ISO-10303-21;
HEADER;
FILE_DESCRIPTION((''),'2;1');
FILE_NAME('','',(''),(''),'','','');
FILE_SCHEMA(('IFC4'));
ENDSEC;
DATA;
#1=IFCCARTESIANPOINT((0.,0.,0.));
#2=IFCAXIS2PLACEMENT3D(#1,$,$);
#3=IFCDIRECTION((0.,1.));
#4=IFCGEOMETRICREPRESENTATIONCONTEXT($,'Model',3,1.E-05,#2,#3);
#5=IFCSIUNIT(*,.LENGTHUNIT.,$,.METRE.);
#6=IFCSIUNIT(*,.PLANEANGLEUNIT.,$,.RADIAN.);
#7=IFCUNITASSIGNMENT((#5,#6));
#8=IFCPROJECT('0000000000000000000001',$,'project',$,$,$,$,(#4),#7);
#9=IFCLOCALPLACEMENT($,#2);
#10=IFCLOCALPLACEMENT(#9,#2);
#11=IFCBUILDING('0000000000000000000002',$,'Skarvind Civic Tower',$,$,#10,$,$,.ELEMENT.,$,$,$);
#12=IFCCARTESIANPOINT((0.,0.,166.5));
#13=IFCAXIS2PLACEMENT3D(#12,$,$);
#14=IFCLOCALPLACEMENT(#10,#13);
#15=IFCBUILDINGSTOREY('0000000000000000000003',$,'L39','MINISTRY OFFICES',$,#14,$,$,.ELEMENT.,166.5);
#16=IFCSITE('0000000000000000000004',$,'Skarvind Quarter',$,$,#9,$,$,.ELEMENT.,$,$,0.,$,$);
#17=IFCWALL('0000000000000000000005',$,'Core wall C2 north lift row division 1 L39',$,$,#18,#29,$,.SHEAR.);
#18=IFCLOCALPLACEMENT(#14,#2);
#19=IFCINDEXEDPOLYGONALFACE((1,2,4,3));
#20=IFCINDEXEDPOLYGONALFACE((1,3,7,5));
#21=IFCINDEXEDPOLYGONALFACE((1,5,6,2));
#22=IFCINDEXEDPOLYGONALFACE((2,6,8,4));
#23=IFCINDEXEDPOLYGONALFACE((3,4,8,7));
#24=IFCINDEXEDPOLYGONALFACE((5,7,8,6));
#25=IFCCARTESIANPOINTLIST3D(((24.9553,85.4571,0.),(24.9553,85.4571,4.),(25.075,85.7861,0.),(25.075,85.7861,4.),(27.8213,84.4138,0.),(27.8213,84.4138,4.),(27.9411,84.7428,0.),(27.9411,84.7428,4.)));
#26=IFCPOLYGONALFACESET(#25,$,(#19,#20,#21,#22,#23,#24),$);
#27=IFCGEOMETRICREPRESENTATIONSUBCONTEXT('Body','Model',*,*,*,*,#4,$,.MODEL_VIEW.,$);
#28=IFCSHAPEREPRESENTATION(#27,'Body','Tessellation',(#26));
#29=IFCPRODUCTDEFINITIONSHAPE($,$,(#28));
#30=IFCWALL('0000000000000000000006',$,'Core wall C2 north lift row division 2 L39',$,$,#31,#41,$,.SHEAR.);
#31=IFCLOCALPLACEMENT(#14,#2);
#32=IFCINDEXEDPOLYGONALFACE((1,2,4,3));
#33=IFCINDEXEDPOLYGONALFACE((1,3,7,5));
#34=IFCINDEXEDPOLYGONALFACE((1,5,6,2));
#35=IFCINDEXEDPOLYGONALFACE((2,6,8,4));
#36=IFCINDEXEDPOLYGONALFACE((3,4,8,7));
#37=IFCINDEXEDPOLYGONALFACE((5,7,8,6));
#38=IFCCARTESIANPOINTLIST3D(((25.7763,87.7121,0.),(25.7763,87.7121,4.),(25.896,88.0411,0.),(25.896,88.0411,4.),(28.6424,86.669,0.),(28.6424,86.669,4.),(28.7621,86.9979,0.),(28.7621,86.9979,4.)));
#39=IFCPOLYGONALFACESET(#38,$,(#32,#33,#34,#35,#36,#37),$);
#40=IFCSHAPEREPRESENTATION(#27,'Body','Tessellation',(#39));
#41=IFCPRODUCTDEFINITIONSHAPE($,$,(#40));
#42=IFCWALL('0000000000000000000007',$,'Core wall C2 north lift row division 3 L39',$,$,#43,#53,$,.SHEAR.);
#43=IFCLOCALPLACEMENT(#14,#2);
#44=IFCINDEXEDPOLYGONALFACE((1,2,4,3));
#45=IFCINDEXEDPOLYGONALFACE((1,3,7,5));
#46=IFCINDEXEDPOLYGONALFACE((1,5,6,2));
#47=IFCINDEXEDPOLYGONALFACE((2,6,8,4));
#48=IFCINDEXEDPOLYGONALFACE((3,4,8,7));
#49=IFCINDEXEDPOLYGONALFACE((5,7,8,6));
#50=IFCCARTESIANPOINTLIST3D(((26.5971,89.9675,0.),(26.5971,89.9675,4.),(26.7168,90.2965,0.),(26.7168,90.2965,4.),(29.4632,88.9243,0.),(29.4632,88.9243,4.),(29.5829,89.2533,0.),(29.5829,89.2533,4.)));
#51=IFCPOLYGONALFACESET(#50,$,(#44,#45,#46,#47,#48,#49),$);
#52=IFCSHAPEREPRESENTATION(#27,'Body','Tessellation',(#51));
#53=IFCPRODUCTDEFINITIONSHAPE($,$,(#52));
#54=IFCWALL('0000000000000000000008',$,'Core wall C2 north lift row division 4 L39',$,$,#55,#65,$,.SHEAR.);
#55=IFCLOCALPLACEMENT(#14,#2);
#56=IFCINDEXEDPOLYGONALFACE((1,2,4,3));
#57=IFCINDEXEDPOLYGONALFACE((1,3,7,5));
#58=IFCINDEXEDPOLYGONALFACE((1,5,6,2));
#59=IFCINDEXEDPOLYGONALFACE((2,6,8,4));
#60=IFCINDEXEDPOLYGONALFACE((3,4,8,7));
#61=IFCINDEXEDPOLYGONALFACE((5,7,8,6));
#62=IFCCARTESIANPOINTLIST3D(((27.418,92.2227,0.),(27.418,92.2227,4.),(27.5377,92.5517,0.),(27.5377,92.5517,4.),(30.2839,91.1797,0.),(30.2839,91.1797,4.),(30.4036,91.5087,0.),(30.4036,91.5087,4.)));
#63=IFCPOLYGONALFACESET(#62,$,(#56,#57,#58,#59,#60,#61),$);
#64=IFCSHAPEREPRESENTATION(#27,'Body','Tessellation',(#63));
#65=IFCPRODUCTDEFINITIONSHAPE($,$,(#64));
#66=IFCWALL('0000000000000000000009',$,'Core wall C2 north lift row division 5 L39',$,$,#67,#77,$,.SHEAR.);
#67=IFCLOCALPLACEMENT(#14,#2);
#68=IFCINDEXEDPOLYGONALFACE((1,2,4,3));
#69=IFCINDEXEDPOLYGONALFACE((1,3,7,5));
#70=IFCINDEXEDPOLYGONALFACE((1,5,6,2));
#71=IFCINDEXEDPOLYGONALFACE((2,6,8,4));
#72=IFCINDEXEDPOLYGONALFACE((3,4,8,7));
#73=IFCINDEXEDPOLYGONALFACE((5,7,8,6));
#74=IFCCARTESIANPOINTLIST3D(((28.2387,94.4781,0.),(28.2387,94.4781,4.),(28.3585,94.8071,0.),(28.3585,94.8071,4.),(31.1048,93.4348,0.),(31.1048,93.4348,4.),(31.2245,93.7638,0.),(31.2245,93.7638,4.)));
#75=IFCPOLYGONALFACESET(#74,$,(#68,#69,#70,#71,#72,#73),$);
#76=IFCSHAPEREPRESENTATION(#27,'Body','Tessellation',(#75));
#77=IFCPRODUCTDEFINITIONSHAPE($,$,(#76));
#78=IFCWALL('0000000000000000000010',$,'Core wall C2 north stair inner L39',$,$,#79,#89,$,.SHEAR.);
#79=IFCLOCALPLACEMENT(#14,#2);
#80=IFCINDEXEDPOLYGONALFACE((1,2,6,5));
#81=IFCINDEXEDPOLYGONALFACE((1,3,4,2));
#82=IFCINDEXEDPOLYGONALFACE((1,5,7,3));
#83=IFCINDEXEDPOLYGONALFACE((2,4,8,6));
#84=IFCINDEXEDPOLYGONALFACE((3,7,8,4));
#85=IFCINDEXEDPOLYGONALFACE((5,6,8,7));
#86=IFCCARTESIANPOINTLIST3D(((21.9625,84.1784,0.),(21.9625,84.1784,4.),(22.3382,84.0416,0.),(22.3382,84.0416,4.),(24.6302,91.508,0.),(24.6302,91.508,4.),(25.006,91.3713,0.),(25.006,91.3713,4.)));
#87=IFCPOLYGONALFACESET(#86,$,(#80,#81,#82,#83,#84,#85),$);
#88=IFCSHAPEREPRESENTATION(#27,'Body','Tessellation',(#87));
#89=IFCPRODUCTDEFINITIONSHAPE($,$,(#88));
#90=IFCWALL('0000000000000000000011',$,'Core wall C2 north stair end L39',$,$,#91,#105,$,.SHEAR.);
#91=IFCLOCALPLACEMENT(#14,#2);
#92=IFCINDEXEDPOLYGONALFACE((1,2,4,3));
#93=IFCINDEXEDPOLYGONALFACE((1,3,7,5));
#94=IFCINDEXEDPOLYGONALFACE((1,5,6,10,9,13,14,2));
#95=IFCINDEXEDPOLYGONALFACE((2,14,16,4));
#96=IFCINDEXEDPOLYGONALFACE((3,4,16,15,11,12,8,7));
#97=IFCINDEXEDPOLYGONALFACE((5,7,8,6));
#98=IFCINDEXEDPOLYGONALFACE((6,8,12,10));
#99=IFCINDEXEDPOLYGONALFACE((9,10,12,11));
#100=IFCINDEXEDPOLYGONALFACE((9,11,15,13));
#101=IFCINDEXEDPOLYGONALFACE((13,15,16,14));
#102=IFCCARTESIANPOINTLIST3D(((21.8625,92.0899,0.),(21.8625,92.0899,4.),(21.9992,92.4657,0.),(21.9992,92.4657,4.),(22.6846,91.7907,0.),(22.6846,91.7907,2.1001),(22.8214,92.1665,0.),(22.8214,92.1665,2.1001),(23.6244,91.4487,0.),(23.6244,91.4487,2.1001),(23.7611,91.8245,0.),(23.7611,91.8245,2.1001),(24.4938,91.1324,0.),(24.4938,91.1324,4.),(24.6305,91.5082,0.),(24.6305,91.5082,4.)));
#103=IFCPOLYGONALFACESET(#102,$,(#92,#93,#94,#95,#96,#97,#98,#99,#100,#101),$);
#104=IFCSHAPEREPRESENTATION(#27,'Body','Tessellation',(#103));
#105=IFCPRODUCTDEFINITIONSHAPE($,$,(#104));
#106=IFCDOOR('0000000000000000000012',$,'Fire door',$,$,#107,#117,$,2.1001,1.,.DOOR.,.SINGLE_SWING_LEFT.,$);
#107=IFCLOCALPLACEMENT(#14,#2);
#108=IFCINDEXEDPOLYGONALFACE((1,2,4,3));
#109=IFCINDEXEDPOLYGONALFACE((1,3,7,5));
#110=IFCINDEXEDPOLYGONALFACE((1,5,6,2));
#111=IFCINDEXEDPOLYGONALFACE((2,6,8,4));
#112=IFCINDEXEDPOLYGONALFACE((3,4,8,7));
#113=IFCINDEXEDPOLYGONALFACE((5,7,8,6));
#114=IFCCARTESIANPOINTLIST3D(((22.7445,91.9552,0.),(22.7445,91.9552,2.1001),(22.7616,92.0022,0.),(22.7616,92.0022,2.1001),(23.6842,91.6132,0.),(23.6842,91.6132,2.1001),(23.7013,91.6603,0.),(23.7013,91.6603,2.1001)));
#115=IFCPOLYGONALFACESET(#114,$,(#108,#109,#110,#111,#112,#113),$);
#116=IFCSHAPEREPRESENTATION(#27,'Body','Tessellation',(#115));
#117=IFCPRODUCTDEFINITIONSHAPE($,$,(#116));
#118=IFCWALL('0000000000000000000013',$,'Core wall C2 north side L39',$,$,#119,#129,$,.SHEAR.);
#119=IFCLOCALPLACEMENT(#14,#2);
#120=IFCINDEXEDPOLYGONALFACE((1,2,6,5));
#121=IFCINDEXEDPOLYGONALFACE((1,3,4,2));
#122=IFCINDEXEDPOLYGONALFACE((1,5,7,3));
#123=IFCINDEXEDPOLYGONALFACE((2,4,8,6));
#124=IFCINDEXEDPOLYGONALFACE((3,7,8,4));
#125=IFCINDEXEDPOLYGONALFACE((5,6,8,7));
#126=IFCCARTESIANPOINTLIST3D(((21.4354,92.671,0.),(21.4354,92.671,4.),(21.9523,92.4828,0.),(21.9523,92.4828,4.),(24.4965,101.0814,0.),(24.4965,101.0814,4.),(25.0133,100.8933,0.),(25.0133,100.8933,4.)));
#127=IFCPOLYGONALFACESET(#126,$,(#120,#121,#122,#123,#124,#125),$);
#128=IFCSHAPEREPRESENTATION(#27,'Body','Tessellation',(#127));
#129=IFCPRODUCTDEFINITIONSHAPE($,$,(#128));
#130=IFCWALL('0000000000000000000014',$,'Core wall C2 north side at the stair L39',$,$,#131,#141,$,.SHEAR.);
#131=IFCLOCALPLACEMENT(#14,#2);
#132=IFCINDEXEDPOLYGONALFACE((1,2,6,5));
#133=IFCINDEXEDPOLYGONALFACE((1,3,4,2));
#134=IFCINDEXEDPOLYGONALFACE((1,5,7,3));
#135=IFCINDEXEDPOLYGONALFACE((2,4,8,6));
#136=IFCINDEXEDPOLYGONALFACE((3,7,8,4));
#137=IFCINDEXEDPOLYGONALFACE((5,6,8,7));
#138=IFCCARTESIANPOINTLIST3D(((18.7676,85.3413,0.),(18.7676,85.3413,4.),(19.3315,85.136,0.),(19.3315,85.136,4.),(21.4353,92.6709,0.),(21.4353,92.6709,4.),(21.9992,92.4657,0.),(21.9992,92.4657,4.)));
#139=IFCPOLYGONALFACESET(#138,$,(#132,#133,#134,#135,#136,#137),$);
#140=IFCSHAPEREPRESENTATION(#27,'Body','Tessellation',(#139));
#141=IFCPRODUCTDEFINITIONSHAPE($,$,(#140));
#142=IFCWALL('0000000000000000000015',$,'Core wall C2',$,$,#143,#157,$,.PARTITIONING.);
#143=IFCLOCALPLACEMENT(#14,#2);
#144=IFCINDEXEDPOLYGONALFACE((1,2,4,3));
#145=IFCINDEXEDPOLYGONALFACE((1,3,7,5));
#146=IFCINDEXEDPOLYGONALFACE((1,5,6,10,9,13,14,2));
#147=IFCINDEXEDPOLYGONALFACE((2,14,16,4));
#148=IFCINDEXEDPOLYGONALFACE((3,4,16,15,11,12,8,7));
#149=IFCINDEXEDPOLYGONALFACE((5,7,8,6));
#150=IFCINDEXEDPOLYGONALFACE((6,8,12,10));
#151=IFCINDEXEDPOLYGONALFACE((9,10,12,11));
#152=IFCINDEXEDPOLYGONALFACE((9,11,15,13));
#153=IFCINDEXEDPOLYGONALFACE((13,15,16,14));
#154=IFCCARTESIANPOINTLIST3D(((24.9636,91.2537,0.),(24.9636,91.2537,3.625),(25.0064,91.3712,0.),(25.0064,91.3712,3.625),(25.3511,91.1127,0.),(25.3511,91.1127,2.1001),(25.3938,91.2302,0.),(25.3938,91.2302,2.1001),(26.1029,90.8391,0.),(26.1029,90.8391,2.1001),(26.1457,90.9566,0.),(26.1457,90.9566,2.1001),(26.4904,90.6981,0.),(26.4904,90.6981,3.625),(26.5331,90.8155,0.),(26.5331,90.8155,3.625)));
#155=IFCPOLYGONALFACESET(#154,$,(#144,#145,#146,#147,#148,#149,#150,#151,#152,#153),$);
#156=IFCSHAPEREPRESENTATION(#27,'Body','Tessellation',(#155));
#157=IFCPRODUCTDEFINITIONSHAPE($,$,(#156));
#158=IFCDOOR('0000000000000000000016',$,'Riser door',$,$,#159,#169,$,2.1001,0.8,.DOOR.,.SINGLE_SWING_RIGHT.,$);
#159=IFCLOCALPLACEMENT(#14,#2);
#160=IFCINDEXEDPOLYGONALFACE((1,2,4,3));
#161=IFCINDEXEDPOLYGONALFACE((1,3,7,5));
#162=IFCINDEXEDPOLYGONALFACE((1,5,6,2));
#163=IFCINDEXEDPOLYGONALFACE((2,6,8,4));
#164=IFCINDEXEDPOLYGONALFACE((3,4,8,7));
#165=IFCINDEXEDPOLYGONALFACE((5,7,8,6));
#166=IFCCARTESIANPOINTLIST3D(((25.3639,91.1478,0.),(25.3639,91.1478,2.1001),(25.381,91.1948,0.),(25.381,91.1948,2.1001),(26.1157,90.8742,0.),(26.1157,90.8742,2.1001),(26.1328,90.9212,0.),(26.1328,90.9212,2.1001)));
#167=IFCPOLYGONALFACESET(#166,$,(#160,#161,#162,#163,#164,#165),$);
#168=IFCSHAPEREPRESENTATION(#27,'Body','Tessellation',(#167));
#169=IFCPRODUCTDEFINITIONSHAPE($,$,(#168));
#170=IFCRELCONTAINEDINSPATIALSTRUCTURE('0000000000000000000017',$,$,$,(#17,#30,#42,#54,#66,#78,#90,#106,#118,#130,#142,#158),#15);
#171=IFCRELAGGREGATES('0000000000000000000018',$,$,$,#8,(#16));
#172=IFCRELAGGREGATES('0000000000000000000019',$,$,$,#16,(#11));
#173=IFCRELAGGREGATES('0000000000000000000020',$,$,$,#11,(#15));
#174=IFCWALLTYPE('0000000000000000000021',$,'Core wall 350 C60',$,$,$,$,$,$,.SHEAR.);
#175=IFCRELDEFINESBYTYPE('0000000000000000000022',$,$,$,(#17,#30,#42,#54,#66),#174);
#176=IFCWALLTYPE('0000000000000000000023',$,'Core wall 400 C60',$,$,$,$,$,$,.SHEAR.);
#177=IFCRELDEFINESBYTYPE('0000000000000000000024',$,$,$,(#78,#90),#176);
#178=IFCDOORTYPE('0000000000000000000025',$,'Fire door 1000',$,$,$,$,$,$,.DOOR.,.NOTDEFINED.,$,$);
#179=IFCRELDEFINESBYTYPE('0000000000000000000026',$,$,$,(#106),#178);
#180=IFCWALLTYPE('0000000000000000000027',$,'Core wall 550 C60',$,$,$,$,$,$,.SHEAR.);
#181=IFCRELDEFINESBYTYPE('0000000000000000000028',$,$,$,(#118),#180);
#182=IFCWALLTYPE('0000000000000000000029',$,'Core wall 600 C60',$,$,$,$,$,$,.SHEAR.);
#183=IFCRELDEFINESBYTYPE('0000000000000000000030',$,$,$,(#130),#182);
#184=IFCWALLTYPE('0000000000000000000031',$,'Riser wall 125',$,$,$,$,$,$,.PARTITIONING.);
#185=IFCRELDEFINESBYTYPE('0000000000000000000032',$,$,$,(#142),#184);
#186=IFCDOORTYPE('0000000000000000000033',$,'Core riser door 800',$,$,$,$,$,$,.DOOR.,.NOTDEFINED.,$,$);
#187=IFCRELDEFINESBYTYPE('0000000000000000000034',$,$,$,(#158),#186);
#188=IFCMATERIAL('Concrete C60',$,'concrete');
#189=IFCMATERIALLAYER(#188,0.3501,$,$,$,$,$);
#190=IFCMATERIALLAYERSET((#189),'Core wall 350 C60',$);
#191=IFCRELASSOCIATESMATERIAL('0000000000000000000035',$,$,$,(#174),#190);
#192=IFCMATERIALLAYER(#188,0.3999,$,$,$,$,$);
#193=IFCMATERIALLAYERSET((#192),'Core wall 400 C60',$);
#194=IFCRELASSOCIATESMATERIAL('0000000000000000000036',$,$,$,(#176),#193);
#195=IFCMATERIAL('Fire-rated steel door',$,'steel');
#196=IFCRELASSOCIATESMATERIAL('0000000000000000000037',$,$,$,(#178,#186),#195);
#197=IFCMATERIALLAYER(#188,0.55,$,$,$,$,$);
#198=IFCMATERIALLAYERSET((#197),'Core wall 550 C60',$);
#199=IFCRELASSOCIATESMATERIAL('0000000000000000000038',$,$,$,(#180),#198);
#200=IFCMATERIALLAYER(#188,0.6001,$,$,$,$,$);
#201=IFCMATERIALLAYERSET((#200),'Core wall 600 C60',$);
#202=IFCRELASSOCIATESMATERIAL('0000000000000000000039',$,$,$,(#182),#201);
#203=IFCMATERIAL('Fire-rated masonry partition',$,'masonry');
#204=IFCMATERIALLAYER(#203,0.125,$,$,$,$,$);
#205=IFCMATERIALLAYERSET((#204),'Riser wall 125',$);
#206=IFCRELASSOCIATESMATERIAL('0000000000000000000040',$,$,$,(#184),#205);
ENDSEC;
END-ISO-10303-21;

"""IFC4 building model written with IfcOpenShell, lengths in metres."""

from ifc_helpers import new_model, si_unit, direction, frame, frame_2d, origin, place, context, subcontext, project, spatial, rectangle, extrude, material, layer, layer_set, type_object, element, fill, save


model = new_model("IFC4")

# Units and contexts
model_context = context("Model", 3, precision=1e-05, world=origin(), true_north=direction((0.0, 1.0)))
body_context = subcontext(model_context, "Body", "Model", "MODEL_VIEW")
ifc_project = project(units=[si_unit("LENGTHUNIT", "METRE"), si_unit("PLANEANGLEUNIT", "RADIAN")], contexts=[model_context])

# Site, building, storey
site_placement = place(None, origin())
site = spatial("IfcSite", under=ifc_project, at=site_placement, Name="Skarvind Quarter", CompositionType="ELEMENT", RefElevation=0.0)
building_placement = place(site_placement, origin())
building = spatial("IfcBuilding", under=site, at=building_placement, Name="Skarvind Civic Tower", CompositionType="ELEMENT")
storey_placement = place(building_placement, frame((0.0, 0.0, 166.5)))
storey = spatial("IfcBuildingStorey", under=building, at=storey_placement, Name="L39", Description="MINISTRY OFFICES", CompositionType="ELEMENT", Elevation=166.5)

# Walls
ifc_material_1 = material(Name="Concrete C60", Category="concrete")
ifc_layer_1 = layer(ifc_material_1, 0.3501)
ifc_layer_set_1 = layer_set([ifc_layer_1], Name="Core wall 350 C60")
wall_type_1 = type_object("IfcWallType", Name="Core wall 350 C60", PredefinedType="SHEAR", material=ifc_layer_set_1)
for number, where, z_axis, x_axis, name in (
    (1, (27.8811, 84.5784, 0.0), (0.0, 0.0, 1.0), (-0.939684, 0.342045, 0.0), "Core wall C2 north lift row division 1 L39"),
    (2, (28.7021, 86.8335, 0.0), (0.0, 0.0, 1.0), (-0.939693, 0.342019, 0.0), "Core wall C2 north lift row division 2 L39"),
    (3, (29.5229, 89.0889, 0.0), (0.0, 0.0, 1.0), (-0.939693, 0.342019, 0.0), "Core wall C2 north lift row division 3 L39"),
):
    element("IfcWall", number, at=place(storey_placement, frame(where, z_axis=z_axis, x_axis=x_axis)), inside=storey, type_object=wall_type_1, Name=name, PredefinedType="SHEAR", context=body_context, shape_type="SweptSolid", body=[
        extrude(rectangle(XDim=3.05, YDim=0.3501, at=frame_2d((1.5249, 0.0))), origin(), (0.0, 0.0, 1.0), 4.0),
    ])
wall_1_placement = place(storey_placement, frame((30.3438, 91.3442, 0.0), z_axis=(0.0, 0.0, 1.0), x_axis=(-0.939709, 0.341974, 0.0)))
element("IfcWall", 4, at=wall_1_placement, inside=storey, type_object=wall_type_1, Name="Core wall C2 north lift row division 4 L39", PredefinedType="SHEAR", context=body_context, shape_type="SweptSolid", body=[
    extrude(rectangle(XDim=3.0498, YDim=0.3501, at=frame_2d((1.5249, 0.0))), origin(), (0.0, 0.0, 1.0), 4.0),
])
wall_2_placement = place(storey_placement, frame((31.1646, 93.5994, 0.0), z_axis=(0.0, 0.0, 1.0), x_axis=(-0.939684, 0.342045, 0.0)))
element("IfcWall", 5, at=wall_2_placement, inside=storey, type_object=wall_type_1, Name="Core wall C2 north lift row division 5 L39", PredefinedType="SHEAR", context=body_context, shape_type="SweptSolid", body=[
    extrude(rectangle(XDim=3.05, YDim=0.3501, at=frame_2d((1.5249, 0.0))), origin(), (0.0, 0.0, 1.0), 4.0),
])
ifc_layer_2 = layer(ifc_material_1, 0.3999)
ifc_layer_set_2 = layer_set([ifc_layer_2], Name="Core wall 400 C60")
wall_type_2 = type_object("IfcWallType", Name="Core wall 400 C60", PredefinedType="SHEAR", material=ifc_layer_set_2)
wall_3_placement = place(storey_placement, frame((22.1504, 84.1101, 0.0), z_axis=(0.0, 0.0, 1.0), x_axis=(0.342017, 0.939694, 0.0)))
element("IfcWall", 6, at=wall_3_placement, inside=storey, type_object=wall_type_2, Name="Core wall C2 north stair inner L39", PredefinedType="SHEAR", context=body_context, shape_type="SweptSolid", body=[
    extrude(rectangle(XDim=7.8, YDim=0.3999, at=frame_2d((3.8999, 0.0))), origin(), (0.0, 0.0, 1.0), 4.0),
])

# Wall, opening, door
wall_4_placement = place(storey_placement, frame((24.562, 91.3203, 0.0), z_axis=(0.0, 0.0, 1.0), x_axis=(-0.939717, 0.341953, 0.0)))
wall_4 = element("IfcWall", 7, at=wall_4_placement, inside=storey, type_object=wall_type_2, Name="Core wall C2 north stair end L39", PredefinedType="SHEAR", context=body_context, shape_type="SweptSolid", body=[
    extrude(rectangle(XDim=2.8, YDim=0.3999, at=frame_2d((1.3999, 0.0))), origin(), (0.0, 0.0, 1.0), 4.0),
])
opening_1_placement = place(wall_4_placement, frame((0.925, 0.0, 0.0)))
opening_1 = element("IfcOpeningElement", 8, at=opening_1_placement, cuts=wall_4, PredefinedType="OPENING", context=body_context, shape_type="SweptSolid", body=[
    extrude(rectangle(XDim=1.0, YDim=2.1001, at=frame_2d((0.5, 1.05))), frame((0.0, 0.21, 0.0), z_axis=(0.0, -1.0, 0.0), x_axis=(1.0, 0.0, 0.0)), (0.0, 0.0, 1.0), 0.4199),
])
ifc_material_2 = material(Name="Fire-rated steel door", Category="steel")
door_type_1 = type_object("IfcDoorType", Name="Fire door 1000", OperationType="NOTDEFINED", PredefinedType="DOOR", material=ifc_material_2)
door_1_placement = place(opening_1_placement, origin())
door_1 = element("IfcDoor", 9, at=door_1_placement, inside=storey, type_object=door_type_1, Name="Fire door", OperationType="SINGLE_SWING_LEFT", OverallHeight=2.1001, OverallWidth=1.0, PredefinedType="DOOR", context=body_context, shape_type="SweptSolid", body=[
    extrude(rectangle(XDim=1.0, YDim=2.1001, at=frame_2d((0.5, 1.05))), frame((0.0, 0.0249, 0.0), z_axis=(0.0, -1.0, 0.0), x_axis=(1.0, 0.0, 0.0)), (0.0, 0.0, 1.0), 0.05),
])
fill(opening_1, door_1)

# Walls
ifc_layer_3 = layer(ifc_material_1, 0.55)
ifc_layer_set_3 = layer_set([ifc_layer_3], Name="Core wall 550 C60")
wall_type_3 = type_object("IfcWallType", Name="Core wall 550 C60", PredefinedType="SHEAR", material=ifc_layer_set_3)
wall_5_placement = place(storey_placement, frame((21.6938, 92.5769, 0.0), z_axis=(0.0, 0.0, 1.0), x_axis=(0.34201, 0.939696, 0.0)))
element("IfcWall", 10, at=wall_5_placement, inside=storey, type_object=wall_type_3, Name="Core wall C2 north side L39", PredefinedType="SHEAR", context=body_context, shape_type="SweptSolid", body=[
    extrude(rectangle(XDim=8.9502, YDim=0.55, at=frame_2d((4.4751, 0.0))), origin(), (0.0, 0.0, 1.0), 4.0),
])
ifc_layer_4 = layer(ifc_material_1, 0.6001)
ifc_layer_set_4 = layer_set([ifc_layer_4], Name="Core wall 600 C60")
wall_type_4 = type_object("IfcWallType", Name="Core wall 600 C60", PredefinedType="SHEAR", material=ifc_layer_set_4)
wall_6_placement = place(storey_placement, frame((19.0496, 85.2388, 0.0), z_axis=(0.0, 0.0, 1.0), x_axis=(0.342017, 0.939694, 0.0)))
element("IfcWall", 11, at=wall_6_placement, inside=storey, type_object=wall_type_4, Name="Core wall C2 north side at the stair L39", PredefinedType="SHEAR", context=body_context, shape_type="SweptSolid", body=[
    extrude(rectangle(XDim=7.8, YDim=0.6001, at=frame_2d((3.8999, 0.0))), origin(), (0.0, 0.0, 1.0), 4.0),
])

# Wall, opening, door
ifc_material_3 = material(Name="Fire-rated masonry partition", Category="masonry")
ifc_layer_5 = layer(ifc_material_3, 0.125)
ifc_layer_set_5 = layer_set([ifc_layer_5], Name="Riser wall 125")
wall_type_5 = type_object("IfcWallType", Name="Riser wall 125", PredefinedType="PARTITIONING", material=ifc_layer_set_5)
wall_7_placement = place(storey_placement, frame((24.9849, 91.3125, 0.0), z_axis=(0.0, 0.0, 1.0), x_axis=(0.939706, -0.341984, 0.0)))
wall_7 = element("IfcWall", 12, at=wall_7_placement, inside=storey, type_object=wall_type_5, Name="Core wall C2", PredefinedType="PARTITIONING", context=body_context, shape_type="SweptSolid", body=[
    extrude(rectangle(XDim=1.6248, YDim=0.125, at=frame_2d((0.8125, 0.0))), origin(), (0.0, 0.0, 1.0), 3.625),
])
opening_2_placement = place(wall_7_placement, frame((0.4126, 0.0, 0.0)))
opening_2 = element("IfcOpeningElement", 13, at=opening_2_placement, cuts=wall_7, PredefinedType="OPENING", context=body_context, shape_type="SweptSolid", body=[
    extrude(rectangle(XDim=0.8, YDim=2.1001, at=frame_2d((0.3999, 1.05))), frame((0.0, 0.0725, 0.0), z_axis=(0.0, -1.0, 0.0), x_axis=(1.0, 0.0, 0.0)), (0.0, 0.0, 1.0), 0.145),
])
door_type_2 = type_object("IfcDoorType", Name="Core riser door 800", OperationType="NOTDEFINED", PredefinedType="DOOR", material=ifc_material_2)
door_2_placement = place(opening_2_placement, origin())
door_2 = element("IfcDoor", 14, at=door_2_placement, inside=storey, type_object=door_type_2, Name="Riser door", OperationType="SINGLE_SWING_RIGHT", OverallHeight=2.1001, OverallWidth=0.8, PredefinedType="DOOR", context=body_context, shape_type="SweptSolid", body=[
    extrude(rectangle(XDim=0.8, YDim=2.1001, at=frame_2d((0.3999, 1.05))), frame((0.0, 0.0249, 0.0), z_axis=(0.0, -1.0, 0.0), x_axis=(1.0, 0.0, 0.0)), (0.0, 0.0, 1.0), 0.05),
])
fill(opening_2, door_2)

save(model, "model.ifc")
